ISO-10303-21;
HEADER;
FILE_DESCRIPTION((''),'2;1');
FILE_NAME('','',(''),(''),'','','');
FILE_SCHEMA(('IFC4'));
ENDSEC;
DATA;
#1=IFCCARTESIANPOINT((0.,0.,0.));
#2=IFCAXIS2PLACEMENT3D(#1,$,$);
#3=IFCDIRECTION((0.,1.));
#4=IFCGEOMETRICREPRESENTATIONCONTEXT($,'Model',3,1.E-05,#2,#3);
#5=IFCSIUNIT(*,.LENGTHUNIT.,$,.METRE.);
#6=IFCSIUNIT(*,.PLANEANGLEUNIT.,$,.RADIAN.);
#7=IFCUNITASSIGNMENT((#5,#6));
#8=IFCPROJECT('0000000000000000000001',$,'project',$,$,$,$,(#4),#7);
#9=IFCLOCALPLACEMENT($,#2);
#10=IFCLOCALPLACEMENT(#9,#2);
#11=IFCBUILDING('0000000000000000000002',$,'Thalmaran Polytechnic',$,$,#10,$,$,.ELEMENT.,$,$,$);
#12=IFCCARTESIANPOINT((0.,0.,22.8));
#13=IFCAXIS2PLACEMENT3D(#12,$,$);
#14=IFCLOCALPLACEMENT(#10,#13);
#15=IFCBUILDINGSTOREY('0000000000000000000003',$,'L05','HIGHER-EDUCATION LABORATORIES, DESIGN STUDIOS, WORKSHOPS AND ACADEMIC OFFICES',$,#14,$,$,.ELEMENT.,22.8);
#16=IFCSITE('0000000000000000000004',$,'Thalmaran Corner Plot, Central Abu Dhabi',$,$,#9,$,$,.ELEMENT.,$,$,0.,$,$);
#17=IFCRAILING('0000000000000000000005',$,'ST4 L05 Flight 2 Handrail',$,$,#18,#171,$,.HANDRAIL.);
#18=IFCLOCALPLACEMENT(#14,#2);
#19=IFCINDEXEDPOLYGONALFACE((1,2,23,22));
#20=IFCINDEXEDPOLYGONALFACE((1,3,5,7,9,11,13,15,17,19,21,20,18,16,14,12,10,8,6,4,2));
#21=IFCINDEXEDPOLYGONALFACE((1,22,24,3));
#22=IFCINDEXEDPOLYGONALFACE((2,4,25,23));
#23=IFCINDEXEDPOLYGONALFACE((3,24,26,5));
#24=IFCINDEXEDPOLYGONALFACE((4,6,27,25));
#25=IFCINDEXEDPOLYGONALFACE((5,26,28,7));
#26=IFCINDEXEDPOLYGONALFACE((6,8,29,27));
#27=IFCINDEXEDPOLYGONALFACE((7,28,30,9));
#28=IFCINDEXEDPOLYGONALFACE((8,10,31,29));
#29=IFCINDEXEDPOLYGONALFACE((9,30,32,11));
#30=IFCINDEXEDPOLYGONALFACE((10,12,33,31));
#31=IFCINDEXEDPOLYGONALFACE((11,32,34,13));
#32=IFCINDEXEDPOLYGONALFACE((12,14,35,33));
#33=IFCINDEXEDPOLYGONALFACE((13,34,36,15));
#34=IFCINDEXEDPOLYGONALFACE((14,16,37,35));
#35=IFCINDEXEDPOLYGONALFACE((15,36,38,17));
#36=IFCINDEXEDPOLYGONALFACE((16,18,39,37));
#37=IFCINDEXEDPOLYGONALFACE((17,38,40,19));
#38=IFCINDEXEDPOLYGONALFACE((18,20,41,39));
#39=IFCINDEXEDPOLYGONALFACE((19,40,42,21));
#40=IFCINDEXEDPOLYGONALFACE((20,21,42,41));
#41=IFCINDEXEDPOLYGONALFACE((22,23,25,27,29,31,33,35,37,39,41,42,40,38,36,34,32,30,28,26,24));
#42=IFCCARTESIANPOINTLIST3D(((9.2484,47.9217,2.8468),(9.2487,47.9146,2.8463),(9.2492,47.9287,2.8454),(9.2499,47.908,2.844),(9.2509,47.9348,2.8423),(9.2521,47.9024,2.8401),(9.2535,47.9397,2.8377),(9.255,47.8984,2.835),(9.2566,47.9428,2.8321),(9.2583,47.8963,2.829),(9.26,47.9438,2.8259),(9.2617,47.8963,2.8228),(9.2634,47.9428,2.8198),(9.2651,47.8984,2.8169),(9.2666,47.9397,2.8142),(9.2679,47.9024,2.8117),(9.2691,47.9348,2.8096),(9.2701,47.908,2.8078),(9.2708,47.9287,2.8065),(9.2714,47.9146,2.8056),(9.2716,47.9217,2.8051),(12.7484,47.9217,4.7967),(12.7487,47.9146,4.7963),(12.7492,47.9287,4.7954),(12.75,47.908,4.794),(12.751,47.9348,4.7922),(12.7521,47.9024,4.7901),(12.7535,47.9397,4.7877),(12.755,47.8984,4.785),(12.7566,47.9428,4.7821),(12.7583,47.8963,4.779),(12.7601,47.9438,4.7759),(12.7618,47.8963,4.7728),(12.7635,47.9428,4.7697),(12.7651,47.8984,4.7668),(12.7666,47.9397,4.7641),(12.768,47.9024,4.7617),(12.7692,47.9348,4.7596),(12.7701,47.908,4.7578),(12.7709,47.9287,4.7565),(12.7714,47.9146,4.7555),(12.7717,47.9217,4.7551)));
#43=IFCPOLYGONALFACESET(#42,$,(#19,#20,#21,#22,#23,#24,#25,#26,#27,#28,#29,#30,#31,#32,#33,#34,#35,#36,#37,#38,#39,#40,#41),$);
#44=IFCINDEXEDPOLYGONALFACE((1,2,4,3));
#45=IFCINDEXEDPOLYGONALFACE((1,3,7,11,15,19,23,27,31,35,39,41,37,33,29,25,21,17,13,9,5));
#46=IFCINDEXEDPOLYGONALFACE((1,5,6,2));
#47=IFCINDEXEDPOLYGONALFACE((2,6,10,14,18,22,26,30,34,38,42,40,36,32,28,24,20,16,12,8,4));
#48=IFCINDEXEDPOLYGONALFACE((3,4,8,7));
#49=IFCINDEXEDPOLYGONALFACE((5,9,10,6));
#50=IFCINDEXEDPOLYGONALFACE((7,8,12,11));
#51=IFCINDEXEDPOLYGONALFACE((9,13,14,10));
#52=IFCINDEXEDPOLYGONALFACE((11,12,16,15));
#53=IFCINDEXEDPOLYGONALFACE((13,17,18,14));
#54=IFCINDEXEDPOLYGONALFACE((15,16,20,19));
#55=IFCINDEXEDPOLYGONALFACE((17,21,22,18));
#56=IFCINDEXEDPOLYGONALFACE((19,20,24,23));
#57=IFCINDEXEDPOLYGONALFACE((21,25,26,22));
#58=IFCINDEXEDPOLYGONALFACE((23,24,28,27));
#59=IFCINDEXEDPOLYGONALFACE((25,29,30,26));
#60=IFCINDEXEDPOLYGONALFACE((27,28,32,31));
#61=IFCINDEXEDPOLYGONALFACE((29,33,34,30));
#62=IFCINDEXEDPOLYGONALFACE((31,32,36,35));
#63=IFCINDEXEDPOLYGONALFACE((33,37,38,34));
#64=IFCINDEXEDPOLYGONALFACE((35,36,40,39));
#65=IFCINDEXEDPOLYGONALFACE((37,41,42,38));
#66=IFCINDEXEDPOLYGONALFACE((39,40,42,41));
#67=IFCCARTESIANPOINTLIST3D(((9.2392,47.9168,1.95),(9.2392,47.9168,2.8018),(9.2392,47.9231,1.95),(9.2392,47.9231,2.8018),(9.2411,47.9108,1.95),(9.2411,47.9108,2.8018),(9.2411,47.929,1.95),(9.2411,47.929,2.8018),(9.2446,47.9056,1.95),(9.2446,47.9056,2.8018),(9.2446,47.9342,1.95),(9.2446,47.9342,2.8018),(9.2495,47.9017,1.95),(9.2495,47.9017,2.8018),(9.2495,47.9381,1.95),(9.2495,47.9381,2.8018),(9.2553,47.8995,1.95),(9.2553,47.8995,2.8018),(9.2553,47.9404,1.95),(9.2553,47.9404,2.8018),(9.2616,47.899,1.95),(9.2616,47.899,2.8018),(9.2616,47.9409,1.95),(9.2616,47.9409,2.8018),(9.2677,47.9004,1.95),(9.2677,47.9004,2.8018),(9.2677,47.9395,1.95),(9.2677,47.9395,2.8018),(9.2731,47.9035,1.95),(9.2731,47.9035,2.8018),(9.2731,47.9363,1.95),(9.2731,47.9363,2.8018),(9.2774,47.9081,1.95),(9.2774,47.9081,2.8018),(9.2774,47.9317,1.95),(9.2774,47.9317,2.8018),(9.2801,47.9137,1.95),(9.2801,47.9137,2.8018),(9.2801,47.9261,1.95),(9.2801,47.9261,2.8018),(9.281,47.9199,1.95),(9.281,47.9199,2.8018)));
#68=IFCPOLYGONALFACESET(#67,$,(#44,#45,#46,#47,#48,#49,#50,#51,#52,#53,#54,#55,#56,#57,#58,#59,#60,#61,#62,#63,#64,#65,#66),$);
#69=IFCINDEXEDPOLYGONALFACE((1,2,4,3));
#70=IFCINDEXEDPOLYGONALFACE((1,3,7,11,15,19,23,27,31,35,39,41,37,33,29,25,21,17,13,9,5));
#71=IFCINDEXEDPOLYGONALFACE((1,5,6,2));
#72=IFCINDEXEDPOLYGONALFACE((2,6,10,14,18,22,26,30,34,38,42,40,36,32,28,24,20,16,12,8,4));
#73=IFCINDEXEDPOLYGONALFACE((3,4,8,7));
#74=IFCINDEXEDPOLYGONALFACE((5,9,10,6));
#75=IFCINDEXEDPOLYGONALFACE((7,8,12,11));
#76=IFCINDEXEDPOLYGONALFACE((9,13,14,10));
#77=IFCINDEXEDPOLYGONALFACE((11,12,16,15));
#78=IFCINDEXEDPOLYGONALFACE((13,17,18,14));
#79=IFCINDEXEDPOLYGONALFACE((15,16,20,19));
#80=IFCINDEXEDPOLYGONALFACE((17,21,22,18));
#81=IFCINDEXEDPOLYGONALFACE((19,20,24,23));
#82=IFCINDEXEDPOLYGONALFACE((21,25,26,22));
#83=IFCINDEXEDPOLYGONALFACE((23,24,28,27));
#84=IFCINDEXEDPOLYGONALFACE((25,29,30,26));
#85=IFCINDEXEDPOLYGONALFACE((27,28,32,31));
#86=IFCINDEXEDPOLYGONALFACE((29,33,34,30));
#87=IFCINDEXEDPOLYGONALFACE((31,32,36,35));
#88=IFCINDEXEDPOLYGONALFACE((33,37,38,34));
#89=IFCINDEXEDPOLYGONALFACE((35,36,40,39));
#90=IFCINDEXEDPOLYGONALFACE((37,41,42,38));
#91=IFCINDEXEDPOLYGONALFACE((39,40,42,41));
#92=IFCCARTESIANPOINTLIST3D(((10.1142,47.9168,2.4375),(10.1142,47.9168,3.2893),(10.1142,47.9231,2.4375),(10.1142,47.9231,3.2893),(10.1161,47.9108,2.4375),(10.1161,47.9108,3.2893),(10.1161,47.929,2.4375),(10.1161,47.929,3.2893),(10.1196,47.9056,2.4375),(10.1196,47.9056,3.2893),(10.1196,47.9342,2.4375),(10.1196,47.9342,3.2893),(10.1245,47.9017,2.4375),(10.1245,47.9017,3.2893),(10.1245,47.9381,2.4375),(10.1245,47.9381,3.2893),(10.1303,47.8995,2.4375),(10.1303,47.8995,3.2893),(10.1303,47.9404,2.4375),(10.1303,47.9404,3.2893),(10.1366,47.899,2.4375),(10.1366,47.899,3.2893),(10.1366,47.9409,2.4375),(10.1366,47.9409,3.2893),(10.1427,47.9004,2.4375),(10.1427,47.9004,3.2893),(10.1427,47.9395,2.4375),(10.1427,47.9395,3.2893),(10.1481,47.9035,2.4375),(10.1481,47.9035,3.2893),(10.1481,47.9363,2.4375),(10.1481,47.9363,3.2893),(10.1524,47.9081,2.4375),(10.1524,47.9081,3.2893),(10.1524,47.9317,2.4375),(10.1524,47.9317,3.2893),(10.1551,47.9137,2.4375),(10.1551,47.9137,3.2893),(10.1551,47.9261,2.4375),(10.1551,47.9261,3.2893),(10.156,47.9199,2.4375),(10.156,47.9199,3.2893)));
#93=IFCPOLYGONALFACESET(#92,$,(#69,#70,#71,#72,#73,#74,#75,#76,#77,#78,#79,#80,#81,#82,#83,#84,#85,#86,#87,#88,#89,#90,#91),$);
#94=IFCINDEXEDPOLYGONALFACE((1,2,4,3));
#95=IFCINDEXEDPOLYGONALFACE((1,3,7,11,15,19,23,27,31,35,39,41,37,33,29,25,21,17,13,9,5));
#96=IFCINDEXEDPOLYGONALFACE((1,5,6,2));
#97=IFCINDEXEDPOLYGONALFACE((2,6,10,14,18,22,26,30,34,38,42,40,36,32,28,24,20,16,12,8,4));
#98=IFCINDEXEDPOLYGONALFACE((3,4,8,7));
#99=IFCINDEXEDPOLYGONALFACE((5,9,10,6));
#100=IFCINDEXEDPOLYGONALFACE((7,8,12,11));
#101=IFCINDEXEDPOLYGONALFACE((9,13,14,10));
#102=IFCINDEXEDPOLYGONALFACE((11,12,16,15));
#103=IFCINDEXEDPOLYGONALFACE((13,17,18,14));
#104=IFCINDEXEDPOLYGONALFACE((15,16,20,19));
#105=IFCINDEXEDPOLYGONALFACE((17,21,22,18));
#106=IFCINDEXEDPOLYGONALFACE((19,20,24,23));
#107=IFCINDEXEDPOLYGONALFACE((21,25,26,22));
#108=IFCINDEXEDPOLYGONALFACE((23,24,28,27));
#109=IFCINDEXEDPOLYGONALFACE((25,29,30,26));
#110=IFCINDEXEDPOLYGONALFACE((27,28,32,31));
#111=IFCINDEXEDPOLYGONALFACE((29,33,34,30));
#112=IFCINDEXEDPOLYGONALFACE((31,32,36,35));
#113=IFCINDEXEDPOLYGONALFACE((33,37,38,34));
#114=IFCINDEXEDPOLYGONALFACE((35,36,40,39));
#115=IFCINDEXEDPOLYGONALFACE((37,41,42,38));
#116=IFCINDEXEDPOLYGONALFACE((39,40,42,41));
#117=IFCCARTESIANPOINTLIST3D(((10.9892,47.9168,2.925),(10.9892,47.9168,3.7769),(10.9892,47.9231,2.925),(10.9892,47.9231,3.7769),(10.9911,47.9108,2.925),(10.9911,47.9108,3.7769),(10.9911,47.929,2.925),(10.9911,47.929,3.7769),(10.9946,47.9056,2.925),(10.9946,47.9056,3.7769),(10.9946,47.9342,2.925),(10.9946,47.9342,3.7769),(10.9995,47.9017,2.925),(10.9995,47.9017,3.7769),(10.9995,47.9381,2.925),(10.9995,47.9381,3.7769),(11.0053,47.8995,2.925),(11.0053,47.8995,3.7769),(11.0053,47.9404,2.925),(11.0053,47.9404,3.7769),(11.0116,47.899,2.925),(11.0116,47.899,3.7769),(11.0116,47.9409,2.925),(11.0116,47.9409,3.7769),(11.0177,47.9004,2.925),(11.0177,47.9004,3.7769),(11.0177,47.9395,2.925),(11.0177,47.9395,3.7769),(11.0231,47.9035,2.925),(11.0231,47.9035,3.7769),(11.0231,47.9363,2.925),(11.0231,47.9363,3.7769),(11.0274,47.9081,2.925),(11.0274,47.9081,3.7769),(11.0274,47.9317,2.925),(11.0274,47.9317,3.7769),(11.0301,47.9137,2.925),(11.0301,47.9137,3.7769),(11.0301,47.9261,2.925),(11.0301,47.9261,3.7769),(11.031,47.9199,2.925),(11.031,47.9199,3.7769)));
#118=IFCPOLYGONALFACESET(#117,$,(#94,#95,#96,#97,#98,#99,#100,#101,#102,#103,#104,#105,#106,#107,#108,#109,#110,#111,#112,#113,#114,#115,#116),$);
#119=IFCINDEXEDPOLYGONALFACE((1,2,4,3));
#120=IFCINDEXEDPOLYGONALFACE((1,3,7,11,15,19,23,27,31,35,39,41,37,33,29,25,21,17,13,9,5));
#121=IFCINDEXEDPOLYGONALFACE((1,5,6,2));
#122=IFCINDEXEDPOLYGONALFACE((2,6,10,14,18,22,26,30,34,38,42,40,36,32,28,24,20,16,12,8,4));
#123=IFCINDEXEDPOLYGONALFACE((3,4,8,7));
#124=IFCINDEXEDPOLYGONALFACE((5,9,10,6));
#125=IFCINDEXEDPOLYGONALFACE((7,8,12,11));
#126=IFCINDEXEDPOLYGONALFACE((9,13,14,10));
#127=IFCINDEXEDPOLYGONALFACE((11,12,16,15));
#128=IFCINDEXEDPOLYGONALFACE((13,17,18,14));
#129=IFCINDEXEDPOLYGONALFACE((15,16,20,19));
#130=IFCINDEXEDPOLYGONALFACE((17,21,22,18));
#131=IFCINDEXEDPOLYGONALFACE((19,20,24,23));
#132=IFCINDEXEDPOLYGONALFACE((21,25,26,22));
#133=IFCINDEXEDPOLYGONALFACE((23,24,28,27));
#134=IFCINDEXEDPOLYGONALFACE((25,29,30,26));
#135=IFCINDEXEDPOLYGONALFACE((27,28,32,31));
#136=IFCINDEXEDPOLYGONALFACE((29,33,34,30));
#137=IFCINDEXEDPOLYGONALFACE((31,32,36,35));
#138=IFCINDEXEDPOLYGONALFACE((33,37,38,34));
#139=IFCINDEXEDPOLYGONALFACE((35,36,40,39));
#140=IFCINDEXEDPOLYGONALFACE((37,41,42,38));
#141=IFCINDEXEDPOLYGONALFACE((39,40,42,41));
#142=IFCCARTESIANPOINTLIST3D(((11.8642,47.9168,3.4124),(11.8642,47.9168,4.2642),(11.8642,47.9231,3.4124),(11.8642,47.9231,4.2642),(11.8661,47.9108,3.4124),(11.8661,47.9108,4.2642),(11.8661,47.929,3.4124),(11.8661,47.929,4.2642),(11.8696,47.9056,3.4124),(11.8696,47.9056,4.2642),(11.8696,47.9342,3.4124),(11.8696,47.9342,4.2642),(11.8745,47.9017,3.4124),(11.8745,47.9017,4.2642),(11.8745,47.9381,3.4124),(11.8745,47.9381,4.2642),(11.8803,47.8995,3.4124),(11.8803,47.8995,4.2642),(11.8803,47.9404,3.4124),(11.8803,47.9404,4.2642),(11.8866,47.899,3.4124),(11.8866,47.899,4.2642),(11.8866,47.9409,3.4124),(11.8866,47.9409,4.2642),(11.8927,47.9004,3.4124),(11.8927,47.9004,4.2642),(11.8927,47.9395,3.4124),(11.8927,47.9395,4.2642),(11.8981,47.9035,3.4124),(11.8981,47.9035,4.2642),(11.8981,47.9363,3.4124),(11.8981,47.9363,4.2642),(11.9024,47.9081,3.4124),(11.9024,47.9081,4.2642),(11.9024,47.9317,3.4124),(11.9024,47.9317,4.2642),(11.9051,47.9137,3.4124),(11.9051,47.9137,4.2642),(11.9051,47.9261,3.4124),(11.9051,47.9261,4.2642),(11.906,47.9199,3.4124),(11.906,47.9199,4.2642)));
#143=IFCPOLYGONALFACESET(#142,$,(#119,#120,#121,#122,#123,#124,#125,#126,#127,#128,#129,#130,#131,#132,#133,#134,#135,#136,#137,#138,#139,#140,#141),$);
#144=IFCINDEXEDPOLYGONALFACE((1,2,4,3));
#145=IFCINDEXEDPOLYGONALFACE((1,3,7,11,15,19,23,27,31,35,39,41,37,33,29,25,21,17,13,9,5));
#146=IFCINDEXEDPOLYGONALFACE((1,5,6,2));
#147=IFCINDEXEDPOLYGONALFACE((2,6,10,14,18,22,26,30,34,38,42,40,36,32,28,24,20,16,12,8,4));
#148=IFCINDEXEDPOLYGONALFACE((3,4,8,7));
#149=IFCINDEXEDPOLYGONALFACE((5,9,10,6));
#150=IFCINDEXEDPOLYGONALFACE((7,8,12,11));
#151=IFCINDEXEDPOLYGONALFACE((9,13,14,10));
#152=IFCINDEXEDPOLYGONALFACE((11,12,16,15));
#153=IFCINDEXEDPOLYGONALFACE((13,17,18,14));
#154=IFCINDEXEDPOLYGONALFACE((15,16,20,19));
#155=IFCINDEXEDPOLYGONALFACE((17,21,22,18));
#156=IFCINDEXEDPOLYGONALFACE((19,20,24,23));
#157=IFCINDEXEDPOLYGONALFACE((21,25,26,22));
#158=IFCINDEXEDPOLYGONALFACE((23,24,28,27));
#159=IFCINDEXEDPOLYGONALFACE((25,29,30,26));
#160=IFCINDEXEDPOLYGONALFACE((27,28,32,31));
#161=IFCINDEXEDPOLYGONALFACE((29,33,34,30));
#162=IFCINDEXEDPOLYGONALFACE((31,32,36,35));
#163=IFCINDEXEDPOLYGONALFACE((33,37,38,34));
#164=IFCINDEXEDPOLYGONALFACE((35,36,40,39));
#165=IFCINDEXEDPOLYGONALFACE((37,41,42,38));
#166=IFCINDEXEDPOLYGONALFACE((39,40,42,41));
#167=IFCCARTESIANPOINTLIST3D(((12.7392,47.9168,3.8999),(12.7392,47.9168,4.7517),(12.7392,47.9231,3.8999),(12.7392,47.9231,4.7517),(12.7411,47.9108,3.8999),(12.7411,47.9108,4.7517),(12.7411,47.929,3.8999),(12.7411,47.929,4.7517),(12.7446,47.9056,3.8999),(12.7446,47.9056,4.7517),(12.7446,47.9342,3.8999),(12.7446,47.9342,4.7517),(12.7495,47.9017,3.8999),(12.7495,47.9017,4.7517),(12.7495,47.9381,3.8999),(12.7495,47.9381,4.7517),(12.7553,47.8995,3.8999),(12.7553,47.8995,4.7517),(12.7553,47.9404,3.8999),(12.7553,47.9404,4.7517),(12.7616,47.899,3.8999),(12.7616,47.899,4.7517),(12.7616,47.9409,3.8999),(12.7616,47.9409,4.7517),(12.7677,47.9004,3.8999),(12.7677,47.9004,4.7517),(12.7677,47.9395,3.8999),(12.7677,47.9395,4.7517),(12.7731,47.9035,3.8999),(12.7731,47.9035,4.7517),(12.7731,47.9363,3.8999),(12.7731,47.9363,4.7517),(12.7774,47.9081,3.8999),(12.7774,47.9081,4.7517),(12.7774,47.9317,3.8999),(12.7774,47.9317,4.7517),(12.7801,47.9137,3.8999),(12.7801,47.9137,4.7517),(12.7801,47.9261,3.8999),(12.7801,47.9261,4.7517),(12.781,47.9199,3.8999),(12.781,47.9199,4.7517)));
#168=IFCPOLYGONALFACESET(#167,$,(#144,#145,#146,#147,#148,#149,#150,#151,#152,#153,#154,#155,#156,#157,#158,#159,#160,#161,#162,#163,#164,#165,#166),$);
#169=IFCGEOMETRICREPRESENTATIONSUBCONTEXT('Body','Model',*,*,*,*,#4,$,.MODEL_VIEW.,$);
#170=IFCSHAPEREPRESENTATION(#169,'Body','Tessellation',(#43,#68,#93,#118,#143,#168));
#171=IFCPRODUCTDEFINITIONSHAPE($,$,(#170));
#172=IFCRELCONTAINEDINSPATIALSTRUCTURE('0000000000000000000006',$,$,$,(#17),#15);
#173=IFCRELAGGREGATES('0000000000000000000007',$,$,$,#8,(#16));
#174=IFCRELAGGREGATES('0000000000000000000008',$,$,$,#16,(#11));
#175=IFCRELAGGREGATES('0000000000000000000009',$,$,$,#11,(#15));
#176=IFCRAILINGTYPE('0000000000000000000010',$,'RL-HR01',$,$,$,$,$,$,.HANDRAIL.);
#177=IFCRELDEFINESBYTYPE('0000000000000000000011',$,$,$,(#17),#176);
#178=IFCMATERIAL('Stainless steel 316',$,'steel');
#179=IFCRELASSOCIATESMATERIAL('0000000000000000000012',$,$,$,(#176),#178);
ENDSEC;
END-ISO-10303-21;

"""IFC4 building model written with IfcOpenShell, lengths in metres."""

from ifc_helpers import new_model, si_unit, direction, frame, origin, origin_2d, place, context, subcontext, project, spatial, circle, extrude, material, type_object, element, save


model = new_model("IFC4")

# Units and contexts
model_context = context("Model", 3, precision=1e-05, world=origin(), true_north=direction((0.0, 1.0)))
body_context = subcontext(model_context, "Body", "Model", "MODEL_VIEW")
ifc_project = project(units=[si_unit("LENGTHUNIT", "METRE"), si_unit("PLANEANGLEUNIT", "RADIAN")], contexts=[model_context])

# Site, building, storey
site_placement = place(None, origin())
site = spatial("IfcSite", under=ifc_project, at=site_placement, Name="Thalmaran Corner Plot, Central Abu Dhabi", CompositionType="ELEMENT", RefElevation=0.0)
building_placement = place(site_placement, origin())
building = spatial("IfcBuilding", under=site, at=building_placement, Name="Thalmaran Polytechnic", CompositionType="ELEMENT")
storey_placement = place(building_placement, frame((0.0, 0.0, 22.8)))
storey = spatial("IfcBuildingStorey", under=building, at=storey_placement, Name="L05", Description="HIGHER-EDUCATION LABORATORIES, DESIGN STUDIOS, WORKSHOPS AND ACADEMIC OFFICES", CompositionType="ELEMENT", Elevation=22.8)

# Railing
ifc_material_1 = material(Name="Stainless steel 316", Category="steel")
railing_type_1 = type_object("IfcRailingType", Name="RL-HR01", PredefinedType="HANDRAIL", material=ifc_material_1)
railing_1_placement = place(storey_placement, frame((9.26, 47.9199, 1.95)))
element("IfcRailing", 1, at=railing_1_placement, inside=storey, type_object=railing_type_1, Name="ST4 L05 Flight 2 Handrail", PredefinedType="HANDRAIL", context=body_context, shape_type="SweptSolid", body=[
    extrude(circle(Radius=0.0239, at=origin_2d()), frame((0.0, 0.0, 0.876), z_axis=(0.873573, 0.0, 0.486693), x_axis=(0.0, 1.0, 0.0)), (0.0, 0.0, 1.0), 4.0066),
    extrude(circle(Radius=0.021, at=origin_2d()), origin(), (0.0, 0.0, 1.0), 0.8518),
    extrude(circle(Radius=0.021, at=origin_2d()), frame((0.875, 0.0, 0.4875)), (0.0, 0.0, 1.0), 0.8518),
    extrude(circle(Radius=0.021, at=origin_2d()), frame((1.75, 0.0, 0.9751)), (0.0, 0.0, 1.0), 0.8518),
    extrude(circle(Radius=0.021, at=origin_2d()), frame((2.625, 0.0, 1.4624)), (0.0, 0.0, 1.0), 0.8518),
    extrude(circle(Radius=0.021, at=origin_2d()), frame((3.5, 0.0, 1.95)), (0.0, 0.0, 1.0), 0.8518),
])

save(model, "model.ifc")
